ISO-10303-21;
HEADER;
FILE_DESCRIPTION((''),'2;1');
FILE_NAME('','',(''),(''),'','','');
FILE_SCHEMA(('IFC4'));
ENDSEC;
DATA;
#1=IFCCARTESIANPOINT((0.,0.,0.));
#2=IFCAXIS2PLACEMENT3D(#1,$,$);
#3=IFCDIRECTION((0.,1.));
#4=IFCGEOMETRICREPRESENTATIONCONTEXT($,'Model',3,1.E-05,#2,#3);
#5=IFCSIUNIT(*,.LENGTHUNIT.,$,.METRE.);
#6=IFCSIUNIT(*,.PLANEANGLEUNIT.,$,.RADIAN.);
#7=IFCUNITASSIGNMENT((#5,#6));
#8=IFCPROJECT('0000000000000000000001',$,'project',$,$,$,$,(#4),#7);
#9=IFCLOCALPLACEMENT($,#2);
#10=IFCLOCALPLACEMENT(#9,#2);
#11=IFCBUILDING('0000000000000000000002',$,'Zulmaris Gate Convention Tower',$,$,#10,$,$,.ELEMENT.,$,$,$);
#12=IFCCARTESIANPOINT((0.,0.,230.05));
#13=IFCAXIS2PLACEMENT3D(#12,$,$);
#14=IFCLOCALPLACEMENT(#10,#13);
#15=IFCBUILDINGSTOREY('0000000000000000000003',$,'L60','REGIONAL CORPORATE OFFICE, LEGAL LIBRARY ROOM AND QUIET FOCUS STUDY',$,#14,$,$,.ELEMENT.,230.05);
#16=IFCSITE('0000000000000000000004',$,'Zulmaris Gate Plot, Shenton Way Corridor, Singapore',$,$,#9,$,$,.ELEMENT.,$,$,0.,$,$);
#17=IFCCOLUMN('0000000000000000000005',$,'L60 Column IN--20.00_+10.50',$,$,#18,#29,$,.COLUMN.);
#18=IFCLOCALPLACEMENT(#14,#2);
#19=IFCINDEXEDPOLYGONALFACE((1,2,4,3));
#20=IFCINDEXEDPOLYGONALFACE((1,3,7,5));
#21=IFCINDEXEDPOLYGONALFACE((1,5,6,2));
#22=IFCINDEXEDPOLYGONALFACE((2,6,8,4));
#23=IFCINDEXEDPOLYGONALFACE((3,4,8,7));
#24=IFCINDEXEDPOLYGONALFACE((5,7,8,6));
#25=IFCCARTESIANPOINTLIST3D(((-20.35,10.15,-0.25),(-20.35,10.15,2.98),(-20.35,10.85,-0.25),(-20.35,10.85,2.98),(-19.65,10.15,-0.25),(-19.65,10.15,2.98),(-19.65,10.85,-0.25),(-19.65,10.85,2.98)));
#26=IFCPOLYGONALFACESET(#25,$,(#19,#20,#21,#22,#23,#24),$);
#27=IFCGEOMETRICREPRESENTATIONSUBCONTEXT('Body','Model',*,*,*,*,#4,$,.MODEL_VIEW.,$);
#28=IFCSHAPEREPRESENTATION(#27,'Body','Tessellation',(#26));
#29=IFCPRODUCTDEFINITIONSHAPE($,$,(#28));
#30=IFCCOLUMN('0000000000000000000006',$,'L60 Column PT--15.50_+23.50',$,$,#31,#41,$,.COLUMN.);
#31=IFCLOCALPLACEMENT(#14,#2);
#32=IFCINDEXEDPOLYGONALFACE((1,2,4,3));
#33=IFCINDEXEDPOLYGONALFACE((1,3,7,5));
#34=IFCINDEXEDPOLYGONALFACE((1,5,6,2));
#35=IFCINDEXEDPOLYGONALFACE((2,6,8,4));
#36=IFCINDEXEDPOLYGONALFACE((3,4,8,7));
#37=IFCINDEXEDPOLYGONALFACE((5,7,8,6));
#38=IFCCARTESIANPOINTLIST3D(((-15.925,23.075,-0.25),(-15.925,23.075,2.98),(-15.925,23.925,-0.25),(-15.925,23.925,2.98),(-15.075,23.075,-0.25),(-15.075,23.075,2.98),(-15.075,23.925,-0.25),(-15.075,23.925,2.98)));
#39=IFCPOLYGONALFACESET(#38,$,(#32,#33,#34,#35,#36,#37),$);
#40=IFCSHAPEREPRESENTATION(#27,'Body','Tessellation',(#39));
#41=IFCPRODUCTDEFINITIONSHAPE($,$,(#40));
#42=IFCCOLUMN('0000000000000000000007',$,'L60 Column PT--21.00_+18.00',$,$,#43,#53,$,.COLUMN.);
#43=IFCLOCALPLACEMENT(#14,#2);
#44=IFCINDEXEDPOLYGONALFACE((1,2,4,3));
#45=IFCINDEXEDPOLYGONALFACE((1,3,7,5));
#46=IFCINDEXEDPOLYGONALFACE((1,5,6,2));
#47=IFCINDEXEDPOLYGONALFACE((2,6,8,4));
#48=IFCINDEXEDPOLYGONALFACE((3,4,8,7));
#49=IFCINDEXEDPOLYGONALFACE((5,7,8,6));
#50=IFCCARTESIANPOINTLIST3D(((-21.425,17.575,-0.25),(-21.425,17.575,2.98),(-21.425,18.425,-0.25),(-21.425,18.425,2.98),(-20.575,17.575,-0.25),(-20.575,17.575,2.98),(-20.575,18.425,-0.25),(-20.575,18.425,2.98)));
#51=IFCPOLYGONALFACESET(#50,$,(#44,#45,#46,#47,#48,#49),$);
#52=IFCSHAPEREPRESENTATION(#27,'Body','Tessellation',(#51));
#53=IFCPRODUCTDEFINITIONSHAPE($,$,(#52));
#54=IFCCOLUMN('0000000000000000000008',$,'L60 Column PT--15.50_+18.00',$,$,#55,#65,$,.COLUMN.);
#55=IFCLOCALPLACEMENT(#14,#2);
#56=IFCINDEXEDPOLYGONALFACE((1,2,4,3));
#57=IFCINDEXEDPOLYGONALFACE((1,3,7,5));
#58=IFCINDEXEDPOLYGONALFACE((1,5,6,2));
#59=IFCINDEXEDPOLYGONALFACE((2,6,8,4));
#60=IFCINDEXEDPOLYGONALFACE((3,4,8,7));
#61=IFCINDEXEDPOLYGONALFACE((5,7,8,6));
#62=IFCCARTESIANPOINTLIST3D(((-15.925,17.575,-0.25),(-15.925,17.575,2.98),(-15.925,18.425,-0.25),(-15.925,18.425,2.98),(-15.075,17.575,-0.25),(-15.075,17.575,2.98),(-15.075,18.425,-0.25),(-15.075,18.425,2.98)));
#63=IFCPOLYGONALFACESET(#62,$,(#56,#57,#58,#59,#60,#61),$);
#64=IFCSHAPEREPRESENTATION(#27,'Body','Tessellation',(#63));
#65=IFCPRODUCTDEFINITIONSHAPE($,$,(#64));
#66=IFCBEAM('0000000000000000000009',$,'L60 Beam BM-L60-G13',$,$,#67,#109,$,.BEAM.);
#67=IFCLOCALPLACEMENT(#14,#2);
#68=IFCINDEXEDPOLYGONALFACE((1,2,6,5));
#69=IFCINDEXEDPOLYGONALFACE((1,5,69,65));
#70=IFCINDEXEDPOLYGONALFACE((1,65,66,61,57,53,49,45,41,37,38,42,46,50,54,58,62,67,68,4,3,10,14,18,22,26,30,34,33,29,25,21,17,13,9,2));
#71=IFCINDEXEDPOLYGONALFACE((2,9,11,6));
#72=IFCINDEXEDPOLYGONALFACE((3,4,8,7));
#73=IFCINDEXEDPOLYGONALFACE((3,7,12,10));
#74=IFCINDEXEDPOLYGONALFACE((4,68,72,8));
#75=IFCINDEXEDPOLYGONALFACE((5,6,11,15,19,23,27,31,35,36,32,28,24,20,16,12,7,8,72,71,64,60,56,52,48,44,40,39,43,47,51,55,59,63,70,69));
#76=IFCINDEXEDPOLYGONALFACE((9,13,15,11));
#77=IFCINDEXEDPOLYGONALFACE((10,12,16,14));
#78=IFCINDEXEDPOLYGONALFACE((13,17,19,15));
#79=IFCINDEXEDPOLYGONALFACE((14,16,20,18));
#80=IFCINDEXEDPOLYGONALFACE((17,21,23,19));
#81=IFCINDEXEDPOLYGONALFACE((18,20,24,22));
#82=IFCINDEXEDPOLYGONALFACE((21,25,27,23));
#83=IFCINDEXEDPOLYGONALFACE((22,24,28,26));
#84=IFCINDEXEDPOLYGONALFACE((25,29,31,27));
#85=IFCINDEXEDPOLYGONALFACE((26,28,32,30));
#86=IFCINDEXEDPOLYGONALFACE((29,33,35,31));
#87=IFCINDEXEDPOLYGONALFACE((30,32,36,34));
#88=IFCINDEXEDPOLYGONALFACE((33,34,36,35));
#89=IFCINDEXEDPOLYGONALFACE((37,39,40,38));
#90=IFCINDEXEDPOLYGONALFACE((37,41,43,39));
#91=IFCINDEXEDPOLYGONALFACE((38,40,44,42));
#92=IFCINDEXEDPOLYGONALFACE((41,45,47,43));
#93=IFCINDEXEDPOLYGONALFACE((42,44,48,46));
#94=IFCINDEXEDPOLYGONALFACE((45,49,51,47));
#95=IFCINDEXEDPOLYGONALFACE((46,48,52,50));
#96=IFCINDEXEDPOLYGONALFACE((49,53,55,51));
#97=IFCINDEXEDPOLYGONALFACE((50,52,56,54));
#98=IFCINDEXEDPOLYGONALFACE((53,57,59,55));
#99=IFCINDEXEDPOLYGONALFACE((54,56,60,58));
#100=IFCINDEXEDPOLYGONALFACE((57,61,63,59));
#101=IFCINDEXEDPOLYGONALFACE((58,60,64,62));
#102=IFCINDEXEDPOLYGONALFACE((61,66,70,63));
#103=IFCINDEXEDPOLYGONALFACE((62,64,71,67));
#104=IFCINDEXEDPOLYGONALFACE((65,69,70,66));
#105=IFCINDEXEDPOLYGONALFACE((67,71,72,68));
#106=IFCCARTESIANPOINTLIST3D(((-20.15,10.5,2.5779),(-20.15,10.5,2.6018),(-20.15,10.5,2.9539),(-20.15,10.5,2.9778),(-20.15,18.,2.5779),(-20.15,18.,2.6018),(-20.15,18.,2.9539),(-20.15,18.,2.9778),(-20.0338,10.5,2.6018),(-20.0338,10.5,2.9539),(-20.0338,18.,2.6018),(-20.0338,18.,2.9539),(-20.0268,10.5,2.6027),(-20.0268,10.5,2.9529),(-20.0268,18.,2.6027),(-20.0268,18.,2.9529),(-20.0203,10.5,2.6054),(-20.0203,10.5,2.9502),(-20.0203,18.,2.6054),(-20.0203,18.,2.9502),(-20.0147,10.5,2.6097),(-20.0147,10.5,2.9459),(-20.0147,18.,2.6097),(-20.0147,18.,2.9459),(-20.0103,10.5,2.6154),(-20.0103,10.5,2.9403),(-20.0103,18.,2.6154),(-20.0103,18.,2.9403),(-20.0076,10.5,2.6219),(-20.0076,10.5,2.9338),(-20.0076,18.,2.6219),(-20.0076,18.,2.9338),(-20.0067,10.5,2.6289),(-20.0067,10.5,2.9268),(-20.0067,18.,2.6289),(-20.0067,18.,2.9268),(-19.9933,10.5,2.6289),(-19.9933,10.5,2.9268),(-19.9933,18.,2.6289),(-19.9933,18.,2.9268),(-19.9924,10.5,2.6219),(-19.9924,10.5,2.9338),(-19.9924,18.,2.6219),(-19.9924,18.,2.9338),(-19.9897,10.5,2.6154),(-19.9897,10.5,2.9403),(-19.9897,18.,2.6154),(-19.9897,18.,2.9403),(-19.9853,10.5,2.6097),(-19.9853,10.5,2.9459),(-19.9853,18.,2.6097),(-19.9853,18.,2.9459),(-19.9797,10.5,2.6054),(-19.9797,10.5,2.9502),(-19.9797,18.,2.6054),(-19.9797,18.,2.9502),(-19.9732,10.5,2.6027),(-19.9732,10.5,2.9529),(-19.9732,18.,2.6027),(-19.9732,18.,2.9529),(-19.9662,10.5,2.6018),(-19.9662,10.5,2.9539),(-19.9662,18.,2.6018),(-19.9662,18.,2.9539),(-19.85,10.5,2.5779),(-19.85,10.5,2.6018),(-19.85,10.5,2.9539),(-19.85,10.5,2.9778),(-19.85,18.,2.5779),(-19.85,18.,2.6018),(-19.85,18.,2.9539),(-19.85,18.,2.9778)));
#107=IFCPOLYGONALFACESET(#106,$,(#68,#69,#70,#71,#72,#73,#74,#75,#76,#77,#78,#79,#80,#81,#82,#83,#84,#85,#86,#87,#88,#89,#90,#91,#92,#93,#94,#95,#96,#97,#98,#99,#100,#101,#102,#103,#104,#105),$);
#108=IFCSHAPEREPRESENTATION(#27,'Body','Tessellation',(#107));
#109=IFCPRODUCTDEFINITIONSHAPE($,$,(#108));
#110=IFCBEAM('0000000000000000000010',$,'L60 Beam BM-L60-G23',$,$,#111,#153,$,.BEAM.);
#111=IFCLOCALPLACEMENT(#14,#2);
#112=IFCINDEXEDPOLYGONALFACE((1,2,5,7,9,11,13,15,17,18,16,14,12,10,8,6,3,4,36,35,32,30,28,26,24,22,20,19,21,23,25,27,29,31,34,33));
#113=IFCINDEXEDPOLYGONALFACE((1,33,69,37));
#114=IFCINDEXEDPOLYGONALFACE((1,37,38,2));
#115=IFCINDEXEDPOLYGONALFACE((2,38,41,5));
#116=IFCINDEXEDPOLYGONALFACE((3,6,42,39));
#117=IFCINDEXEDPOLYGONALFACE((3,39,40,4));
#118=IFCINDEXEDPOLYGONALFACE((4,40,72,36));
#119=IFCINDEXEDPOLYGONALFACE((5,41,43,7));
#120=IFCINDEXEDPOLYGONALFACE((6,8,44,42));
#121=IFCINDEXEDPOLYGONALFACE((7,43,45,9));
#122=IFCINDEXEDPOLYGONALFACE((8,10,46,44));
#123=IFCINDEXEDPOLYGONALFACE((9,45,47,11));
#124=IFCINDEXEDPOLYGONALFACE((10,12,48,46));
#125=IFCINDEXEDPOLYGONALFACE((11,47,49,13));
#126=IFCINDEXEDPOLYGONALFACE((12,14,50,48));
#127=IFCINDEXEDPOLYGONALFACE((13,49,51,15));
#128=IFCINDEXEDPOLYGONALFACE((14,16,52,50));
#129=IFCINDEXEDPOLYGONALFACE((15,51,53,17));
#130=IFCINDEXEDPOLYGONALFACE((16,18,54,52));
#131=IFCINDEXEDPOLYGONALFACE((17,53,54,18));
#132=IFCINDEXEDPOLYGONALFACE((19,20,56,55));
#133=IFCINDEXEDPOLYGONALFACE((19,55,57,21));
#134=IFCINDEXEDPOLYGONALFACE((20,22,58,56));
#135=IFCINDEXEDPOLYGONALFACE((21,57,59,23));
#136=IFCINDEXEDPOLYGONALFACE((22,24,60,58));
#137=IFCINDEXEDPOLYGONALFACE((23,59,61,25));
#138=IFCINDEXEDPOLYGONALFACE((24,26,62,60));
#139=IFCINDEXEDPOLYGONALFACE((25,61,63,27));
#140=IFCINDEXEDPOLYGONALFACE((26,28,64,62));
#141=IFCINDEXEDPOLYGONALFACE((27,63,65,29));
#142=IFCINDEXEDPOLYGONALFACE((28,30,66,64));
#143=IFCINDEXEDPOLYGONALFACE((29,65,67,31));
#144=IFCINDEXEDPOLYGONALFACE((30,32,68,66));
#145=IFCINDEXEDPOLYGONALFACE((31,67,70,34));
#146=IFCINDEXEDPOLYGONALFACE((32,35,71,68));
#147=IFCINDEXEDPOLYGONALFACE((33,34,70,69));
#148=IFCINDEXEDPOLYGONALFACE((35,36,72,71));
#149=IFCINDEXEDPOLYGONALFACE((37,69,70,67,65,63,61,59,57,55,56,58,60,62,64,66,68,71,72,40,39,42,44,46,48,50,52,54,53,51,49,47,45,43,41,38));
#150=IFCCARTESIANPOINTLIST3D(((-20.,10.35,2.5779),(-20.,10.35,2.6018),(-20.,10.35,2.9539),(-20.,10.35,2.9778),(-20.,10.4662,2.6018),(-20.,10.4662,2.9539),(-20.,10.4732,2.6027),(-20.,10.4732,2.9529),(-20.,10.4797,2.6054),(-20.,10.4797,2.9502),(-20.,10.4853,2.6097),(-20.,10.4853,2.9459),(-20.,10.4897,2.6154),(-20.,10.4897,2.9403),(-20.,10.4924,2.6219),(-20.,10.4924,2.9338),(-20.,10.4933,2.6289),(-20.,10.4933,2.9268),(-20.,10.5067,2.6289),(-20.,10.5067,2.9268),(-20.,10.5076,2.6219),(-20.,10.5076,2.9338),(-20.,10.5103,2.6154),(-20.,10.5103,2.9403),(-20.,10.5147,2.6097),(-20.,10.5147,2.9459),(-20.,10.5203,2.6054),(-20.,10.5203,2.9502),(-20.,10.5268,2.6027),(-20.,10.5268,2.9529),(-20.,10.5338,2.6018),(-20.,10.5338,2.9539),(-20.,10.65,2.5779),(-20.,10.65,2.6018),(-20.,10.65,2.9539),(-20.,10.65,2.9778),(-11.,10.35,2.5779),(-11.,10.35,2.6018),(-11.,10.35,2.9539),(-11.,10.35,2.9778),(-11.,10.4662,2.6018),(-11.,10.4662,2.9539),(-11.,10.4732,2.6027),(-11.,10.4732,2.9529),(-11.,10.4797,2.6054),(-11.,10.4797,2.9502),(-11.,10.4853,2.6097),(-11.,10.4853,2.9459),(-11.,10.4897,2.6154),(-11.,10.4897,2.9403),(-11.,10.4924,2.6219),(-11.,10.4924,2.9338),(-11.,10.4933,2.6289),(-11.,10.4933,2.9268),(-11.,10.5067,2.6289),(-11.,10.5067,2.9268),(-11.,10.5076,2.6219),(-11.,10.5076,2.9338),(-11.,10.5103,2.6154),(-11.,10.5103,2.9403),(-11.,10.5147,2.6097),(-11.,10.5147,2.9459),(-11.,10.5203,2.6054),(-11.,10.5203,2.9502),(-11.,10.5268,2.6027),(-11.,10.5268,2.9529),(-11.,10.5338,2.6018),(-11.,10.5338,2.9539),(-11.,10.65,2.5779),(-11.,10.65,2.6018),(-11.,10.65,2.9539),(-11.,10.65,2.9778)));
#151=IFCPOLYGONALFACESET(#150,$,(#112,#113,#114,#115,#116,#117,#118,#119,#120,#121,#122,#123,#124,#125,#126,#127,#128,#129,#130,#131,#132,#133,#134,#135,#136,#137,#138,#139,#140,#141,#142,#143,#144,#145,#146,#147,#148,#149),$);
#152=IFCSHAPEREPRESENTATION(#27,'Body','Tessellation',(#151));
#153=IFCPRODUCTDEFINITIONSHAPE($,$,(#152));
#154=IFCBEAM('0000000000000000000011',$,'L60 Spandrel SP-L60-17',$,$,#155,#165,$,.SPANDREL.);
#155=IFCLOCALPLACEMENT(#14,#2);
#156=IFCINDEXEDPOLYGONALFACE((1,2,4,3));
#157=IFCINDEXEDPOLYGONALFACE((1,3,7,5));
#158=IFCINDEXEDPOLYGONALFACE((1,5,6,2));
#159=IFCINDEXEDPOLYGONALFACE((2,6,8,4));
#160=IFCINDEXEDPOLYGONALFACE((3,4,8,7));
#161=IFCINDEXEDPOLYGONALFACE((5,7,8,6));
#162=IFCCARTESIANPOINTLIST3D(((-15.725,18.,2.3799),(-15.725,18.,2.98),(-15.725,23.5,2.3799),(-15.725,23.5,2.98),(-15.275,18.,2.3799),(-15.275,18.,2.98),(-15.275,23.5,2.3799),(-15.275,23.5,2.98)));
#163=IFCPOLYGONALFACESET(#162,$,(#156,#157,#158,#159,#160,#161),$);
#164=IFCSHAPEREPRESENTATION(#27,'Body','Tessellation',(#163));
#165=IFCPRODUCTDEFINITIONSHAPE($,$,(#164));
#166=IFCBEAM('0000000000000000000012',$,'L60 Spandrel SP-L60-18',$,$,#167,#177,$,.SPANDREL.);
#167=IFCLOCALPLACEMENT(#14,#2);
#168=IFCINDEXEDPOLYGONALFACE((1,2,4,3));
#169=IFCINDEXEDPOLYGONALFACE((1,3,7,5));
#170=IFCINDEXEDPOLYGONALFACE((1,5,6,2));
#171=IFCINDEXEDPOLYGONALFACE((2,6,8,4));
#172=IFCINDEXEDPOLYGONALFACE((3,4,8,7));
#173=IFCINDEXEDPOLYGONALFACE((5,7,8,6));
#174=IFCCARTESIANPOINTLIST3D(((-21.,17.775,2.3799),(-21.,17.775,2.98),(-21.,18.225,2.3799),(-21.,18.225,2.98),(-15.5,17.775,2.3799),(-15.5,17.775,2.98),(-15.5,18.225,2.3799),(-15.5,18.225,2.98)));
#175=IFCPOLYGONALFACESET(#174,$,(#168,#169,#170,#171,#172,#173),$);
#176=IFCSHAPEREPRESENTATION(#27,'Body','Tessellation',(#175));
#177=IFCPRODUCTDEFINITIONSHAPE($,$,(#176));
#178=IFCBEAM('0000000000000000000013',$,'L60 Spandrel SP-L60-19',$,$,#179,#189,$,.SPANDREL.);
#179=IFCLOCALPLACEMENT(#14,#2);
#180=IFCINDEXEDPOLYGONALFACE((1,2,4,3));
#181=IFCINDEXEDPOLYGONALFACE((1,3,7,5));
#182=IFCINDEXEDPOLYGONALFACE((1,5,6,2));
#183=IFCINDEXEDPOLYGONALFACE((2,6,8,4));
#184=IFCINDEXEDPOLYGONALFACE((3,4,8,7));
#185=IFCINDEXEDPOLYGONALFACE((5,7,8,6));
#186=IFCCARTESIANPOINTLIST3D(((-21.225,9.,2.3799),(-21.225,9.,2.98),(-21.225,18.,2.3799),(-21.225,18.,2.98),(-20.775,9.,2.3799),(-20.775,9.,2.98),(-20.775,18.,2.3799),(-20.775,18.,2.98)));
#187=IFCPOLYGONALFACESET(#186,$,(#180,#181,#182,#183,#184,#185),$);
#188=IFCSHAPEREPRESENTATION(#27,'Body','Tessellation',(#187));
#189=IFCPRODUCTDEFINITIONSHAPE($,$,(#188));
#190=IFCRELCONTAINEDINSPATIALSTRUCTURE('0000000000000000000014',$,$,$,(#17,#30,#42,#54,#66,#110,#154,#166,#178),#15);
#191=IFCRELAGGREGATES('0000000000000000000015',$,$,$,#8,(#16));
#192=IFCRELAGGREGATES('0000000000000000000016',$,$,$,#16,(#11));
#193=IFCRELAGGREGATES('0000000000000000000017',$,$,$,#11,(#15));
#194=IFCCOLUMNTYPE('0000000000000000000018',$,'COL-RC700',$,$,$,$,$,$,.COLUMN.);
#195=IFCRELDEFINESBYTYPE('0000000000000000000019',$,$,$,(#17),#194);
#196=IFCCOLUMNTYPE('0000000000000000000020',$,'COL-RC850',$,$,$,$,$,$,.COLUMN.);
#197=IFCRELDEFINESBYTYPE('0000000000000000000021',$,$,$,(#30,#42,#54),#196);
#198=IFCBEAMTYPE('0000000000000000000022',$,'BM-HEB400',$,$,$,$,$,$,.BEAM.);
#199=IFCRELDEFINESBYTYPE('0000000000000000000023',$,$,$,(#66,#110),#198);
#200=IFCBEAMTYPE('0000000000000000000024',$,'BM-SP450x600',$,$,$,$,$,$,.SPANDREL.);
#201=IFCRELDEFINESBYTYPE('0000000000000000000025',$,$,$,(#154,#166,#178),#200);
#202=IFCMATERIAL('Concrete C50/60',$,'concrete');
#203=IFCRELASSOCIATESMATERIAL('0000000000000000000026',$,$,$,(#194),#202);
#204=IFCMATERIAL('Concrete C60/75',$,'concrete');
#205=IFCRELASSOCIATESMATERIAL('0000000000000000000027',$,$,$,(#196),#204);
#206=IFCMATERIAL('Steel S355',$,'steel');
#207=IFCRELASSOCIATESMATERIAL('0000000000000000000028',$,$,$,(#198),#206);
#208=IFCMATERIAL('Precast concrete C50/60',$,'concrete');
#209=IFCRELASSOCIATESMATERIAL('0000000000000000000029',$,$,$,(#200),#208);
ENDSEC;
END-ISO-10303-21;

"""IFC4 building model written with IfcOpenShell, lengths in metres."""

from ifc_helpers import new_model, si_unit, direction, frame, origin, origin_2d, place, context, subcontext, project, spatial, rectangle, i_section, extrude, material, material_profile, profile_set, type_object, element, save


model = new_model("IFC4")

# Units and contexts
model_context = context("Model", 3, precision=1e-05, world=origin(), true_north=direction((0.0, 1.0)))
body_context = subcontext(model_context, "Body", "Model", "MODEL_VIEW")
ifc_project = project(units=[si_unit("LENGTHUNIT", "METRE"), si_unit("PLANEANGLEUNIT", "RADIAN")], contexts=[model_context])

# Site, building, storey
site_placement = place(None, origin())
site = spatial("IfcSite", under=ifc_project, at=site_placement, Name="Zulmaris Gate Plot, Shenton Way Corridor, Singapore", CompositionType="ELEMENT", RefElevation=0.0)
building_placement = place(site_placement, origin())
building = spatial("IfcBuilding", under=site, at=building_placement, Name="Zulmaris Gate Convention Tower", CompositionType="ELEMENT")
storey_placement = place(building_placement, frame((0.0, 0.0, 230.05)))
storey = spatial("IfcBuildingStorey", under=building, at=storey_placement, Name="L60", Description="REGIONAL CORPORATE OFFICE, LEGAL LIBRARY ROOM AND QUIET FOCUS STUDY", CompositionType="ELEMENT", Elevation=230.05)

# Columns
ifc_material_1 = material(Name="Concrete C50/60", Category="concrete")
ifc_material_profile_1 = material_profile(ifc_material_1, rectangle(XDim=0.7, YDim=0.7, at=origin_2d()), Name="RC COL 700x700")
ifc_profile_set_1 = profile_set([ifc_material_profile_1], Name="Concrete C50/60")
column_type_1 = type_object("IfcColumnType", Name="COL-RC700", PredefinedType="COLUMN", material=ifc_profile_set_1)
column_placement = place(storey_placement, frame((-20.0, 10.5, -0.25), z_axis=(0.0, 0.0, 1.0), x_axis=(1.0, 0.0, 0.0)))
element("IfcColumn", 1, at=column_placement, inside=storey, type_object=column_type_1, Name="L60 Column IN--20.00_+10.50", PredefinedType="COLUMN", context=body_context, shape_type="SweptSolid", body=[
    extrude(rectangle(XDim=0.7, YDim=0.7, at=origin_2d()), origin(), (0.0, 0.0, 1.0), 3.23),
])
ifc_material_2 = material(Name="Concrete C60/75", Category="concrete")
ifc_material_profile_2 = material_profile(ifc_material_2, rectangle(XDim=0.8501, YDim=0.8501, at=origin_2d()), Name="RC COL 850x850")
ifc_profile_set_2 = profile_set([ifc_material_profile_2], Name="Concrete C60/75")
column_type_2 = type_object("IfcColumnType", Name="COL-RC850", PredefinedType="COLUMN", material=ifc_profile_set_2)
for number, where, z_axis, x_axis, name in (
    (2, (-15.5, 23.5, -0.25), (0.0, 0.0, 1.0), (1.0, 0.0, 0.0), "L60 Column PT--15.50_+23.50"),
    (3, (-21.0, 18.0, -0.25), (0.0, 0.0, 1.0), (1.0, 0.0, 0.0), "L60 Column PT--21.00_+18.00"),
    (4, (-15.5, 18.0, -0.25), (0.0, 0.0, 1.0), (1.0, 0.0, 0.0), "L60 Column PT--15.50_+18.00"),
):
    element("IfcColumn", number, at=place(storey_placement, frame(where, z_axis=z_axis, x_axis=x_axis)), inside=storey, type_object=column_type_2, Name=name, PredefinedType="COLUMN", context=body_context, shape_type="SweptSolid", body=[
        extrude(rectangle(XDim=0.8501, YDim=0.8501, at=origin_2d()), origin(), (0.0, 0.0, 1.0), 3.23),
    ])

# Beams
ifc_material_3 = material(Name="Steel S355", Category="steel")
ifc_material_profile_3 = material_profile(ifc_material_3, i_section(OverallWidth=0.3, OverallDepth=0.3999, WebThickness=0.0134, FlangeThickness=0.0239, FilletRadius=0.0271, at=origin_2d()), Name="HEB 400")
ifc_profile_set_3 = profile_set([ifc_material_profile_3], Name="Steel S355")
beam_type_1 = type_object("IfcBeamType", Name="BM-HEB400", PredefinedType="BEAM", material=ifc_profile_set_3)
beam_1_placement = place(storey_placement, frame((-20.0, 10.5, 2.7778), z_axis=(0.0, 1.0, 0.0), x_axis=(-1.0, 0.0, 0.0)))
element("IfcBeam", 5, at=beam_1_placement, inside=storey, type_object=beam_type_1, Name="L60 Beam BM-L60-G13", PredefinedType="BEAM", context=body_context, shape_type="SweptSolid", body=[
    extrude(i_section(OverallWidth=0.3, OverallDepth=0.3999, WebThickness=0.0134, FlangeThickness=0.0239, FilletRadius=0.0271, at=origin_2d()), origin(), (0.0, 0.0, 1.0), 7.5),
])
beam_2_placement = place(storey_placement, frame((-20.0, 10.5, 2.7778), z_axis=(1.0, 0.0, 0.0), x_axis=(0.0, 1.0, 0.0)))
element("IfcBeam", 6, at=beam_2_placement, inside=storey, type_object=beam_type_1, Name="L60 Beam BM-L60-G23", PredefinedType="BEAM", context=body_context, shape_type="SweptSolid", body=[
    extrude(i_section(OverallWidth=0.3, OverallDepth=0.3999, WebThickness=0.0134, FlangeThickness=0.0239, FilletRadius=0.0271, at=origin_2d()), origin(), (0.0, 0.0, 1.0), 9.0),
])
ifc_material_4 = material(Name="Precast concrete C50/60", Category="concrete")
ifc_material_profile_4 = material_profile(ifc_material_4, rectangle(XDim=0.45, YDim=0.6001, at=origin_2d()), Name="RC SPANDREL 450x600")
ifc_profile_set_4 = profile_set([ifc_material_profile_4], Name="Precast concrete C50/60")
beam_type_2 = type_object("IfcBeamType", Name="BM-SP450x600", PredefinedType="SPANDREL", material=ifc_profile_set_4)
for number, where, z_axis, x_axis, name in (
    (7, (-15.5, 23.5, 2.6799), (0.0, -1.0, 0.0), (1.0, 0.0, 0.0), "L60 Spandrel SP-L60-17"),
    (8, (-15.5, 18.0, 2.6799), (-1.0, 0.0, 0.0), (0.0, -1.0, 0.0), "L60 Spandrel SP-L60-18"),
):
    element("IfcBeam", number, at=place(storey_placement, frame(where, z_axis=z_axis, x_axis=x_axis)), inside=storey, type_object=beam_type_2, Name=name, PredefinedType="SPANDREL", context=body_context, shape_type="SweptSolid", body=[
        extrude(rectangle(XDim=0.45, YDim=0.6001, at=origin_2d()), origin(), (0.0, 0.0, 1.0), 5.5),
    ])
beam_3_placement = place(storey_placement, frame((-21.0, 18.0, 2.6799), z_axis=(0.0, -1.0, 0.0), x_axis=(1.0, 0.0, 0.0)))
element("IfcBeam", 9, at=beam_3_placement, inside=storey, type_object=beam_type_2, Name="L60 Spandrel SP-L60-19", PredefinedType="SPANDREL", context=body_context, shape_type="SweptSolid", body=[
    extrude(rectangle(XDim=0.45, YDim=0.6001, at=origin_2d()), origin(), (0.0, 0.0, 1.0), 9.0),
])

save(model, "model.ifc")
